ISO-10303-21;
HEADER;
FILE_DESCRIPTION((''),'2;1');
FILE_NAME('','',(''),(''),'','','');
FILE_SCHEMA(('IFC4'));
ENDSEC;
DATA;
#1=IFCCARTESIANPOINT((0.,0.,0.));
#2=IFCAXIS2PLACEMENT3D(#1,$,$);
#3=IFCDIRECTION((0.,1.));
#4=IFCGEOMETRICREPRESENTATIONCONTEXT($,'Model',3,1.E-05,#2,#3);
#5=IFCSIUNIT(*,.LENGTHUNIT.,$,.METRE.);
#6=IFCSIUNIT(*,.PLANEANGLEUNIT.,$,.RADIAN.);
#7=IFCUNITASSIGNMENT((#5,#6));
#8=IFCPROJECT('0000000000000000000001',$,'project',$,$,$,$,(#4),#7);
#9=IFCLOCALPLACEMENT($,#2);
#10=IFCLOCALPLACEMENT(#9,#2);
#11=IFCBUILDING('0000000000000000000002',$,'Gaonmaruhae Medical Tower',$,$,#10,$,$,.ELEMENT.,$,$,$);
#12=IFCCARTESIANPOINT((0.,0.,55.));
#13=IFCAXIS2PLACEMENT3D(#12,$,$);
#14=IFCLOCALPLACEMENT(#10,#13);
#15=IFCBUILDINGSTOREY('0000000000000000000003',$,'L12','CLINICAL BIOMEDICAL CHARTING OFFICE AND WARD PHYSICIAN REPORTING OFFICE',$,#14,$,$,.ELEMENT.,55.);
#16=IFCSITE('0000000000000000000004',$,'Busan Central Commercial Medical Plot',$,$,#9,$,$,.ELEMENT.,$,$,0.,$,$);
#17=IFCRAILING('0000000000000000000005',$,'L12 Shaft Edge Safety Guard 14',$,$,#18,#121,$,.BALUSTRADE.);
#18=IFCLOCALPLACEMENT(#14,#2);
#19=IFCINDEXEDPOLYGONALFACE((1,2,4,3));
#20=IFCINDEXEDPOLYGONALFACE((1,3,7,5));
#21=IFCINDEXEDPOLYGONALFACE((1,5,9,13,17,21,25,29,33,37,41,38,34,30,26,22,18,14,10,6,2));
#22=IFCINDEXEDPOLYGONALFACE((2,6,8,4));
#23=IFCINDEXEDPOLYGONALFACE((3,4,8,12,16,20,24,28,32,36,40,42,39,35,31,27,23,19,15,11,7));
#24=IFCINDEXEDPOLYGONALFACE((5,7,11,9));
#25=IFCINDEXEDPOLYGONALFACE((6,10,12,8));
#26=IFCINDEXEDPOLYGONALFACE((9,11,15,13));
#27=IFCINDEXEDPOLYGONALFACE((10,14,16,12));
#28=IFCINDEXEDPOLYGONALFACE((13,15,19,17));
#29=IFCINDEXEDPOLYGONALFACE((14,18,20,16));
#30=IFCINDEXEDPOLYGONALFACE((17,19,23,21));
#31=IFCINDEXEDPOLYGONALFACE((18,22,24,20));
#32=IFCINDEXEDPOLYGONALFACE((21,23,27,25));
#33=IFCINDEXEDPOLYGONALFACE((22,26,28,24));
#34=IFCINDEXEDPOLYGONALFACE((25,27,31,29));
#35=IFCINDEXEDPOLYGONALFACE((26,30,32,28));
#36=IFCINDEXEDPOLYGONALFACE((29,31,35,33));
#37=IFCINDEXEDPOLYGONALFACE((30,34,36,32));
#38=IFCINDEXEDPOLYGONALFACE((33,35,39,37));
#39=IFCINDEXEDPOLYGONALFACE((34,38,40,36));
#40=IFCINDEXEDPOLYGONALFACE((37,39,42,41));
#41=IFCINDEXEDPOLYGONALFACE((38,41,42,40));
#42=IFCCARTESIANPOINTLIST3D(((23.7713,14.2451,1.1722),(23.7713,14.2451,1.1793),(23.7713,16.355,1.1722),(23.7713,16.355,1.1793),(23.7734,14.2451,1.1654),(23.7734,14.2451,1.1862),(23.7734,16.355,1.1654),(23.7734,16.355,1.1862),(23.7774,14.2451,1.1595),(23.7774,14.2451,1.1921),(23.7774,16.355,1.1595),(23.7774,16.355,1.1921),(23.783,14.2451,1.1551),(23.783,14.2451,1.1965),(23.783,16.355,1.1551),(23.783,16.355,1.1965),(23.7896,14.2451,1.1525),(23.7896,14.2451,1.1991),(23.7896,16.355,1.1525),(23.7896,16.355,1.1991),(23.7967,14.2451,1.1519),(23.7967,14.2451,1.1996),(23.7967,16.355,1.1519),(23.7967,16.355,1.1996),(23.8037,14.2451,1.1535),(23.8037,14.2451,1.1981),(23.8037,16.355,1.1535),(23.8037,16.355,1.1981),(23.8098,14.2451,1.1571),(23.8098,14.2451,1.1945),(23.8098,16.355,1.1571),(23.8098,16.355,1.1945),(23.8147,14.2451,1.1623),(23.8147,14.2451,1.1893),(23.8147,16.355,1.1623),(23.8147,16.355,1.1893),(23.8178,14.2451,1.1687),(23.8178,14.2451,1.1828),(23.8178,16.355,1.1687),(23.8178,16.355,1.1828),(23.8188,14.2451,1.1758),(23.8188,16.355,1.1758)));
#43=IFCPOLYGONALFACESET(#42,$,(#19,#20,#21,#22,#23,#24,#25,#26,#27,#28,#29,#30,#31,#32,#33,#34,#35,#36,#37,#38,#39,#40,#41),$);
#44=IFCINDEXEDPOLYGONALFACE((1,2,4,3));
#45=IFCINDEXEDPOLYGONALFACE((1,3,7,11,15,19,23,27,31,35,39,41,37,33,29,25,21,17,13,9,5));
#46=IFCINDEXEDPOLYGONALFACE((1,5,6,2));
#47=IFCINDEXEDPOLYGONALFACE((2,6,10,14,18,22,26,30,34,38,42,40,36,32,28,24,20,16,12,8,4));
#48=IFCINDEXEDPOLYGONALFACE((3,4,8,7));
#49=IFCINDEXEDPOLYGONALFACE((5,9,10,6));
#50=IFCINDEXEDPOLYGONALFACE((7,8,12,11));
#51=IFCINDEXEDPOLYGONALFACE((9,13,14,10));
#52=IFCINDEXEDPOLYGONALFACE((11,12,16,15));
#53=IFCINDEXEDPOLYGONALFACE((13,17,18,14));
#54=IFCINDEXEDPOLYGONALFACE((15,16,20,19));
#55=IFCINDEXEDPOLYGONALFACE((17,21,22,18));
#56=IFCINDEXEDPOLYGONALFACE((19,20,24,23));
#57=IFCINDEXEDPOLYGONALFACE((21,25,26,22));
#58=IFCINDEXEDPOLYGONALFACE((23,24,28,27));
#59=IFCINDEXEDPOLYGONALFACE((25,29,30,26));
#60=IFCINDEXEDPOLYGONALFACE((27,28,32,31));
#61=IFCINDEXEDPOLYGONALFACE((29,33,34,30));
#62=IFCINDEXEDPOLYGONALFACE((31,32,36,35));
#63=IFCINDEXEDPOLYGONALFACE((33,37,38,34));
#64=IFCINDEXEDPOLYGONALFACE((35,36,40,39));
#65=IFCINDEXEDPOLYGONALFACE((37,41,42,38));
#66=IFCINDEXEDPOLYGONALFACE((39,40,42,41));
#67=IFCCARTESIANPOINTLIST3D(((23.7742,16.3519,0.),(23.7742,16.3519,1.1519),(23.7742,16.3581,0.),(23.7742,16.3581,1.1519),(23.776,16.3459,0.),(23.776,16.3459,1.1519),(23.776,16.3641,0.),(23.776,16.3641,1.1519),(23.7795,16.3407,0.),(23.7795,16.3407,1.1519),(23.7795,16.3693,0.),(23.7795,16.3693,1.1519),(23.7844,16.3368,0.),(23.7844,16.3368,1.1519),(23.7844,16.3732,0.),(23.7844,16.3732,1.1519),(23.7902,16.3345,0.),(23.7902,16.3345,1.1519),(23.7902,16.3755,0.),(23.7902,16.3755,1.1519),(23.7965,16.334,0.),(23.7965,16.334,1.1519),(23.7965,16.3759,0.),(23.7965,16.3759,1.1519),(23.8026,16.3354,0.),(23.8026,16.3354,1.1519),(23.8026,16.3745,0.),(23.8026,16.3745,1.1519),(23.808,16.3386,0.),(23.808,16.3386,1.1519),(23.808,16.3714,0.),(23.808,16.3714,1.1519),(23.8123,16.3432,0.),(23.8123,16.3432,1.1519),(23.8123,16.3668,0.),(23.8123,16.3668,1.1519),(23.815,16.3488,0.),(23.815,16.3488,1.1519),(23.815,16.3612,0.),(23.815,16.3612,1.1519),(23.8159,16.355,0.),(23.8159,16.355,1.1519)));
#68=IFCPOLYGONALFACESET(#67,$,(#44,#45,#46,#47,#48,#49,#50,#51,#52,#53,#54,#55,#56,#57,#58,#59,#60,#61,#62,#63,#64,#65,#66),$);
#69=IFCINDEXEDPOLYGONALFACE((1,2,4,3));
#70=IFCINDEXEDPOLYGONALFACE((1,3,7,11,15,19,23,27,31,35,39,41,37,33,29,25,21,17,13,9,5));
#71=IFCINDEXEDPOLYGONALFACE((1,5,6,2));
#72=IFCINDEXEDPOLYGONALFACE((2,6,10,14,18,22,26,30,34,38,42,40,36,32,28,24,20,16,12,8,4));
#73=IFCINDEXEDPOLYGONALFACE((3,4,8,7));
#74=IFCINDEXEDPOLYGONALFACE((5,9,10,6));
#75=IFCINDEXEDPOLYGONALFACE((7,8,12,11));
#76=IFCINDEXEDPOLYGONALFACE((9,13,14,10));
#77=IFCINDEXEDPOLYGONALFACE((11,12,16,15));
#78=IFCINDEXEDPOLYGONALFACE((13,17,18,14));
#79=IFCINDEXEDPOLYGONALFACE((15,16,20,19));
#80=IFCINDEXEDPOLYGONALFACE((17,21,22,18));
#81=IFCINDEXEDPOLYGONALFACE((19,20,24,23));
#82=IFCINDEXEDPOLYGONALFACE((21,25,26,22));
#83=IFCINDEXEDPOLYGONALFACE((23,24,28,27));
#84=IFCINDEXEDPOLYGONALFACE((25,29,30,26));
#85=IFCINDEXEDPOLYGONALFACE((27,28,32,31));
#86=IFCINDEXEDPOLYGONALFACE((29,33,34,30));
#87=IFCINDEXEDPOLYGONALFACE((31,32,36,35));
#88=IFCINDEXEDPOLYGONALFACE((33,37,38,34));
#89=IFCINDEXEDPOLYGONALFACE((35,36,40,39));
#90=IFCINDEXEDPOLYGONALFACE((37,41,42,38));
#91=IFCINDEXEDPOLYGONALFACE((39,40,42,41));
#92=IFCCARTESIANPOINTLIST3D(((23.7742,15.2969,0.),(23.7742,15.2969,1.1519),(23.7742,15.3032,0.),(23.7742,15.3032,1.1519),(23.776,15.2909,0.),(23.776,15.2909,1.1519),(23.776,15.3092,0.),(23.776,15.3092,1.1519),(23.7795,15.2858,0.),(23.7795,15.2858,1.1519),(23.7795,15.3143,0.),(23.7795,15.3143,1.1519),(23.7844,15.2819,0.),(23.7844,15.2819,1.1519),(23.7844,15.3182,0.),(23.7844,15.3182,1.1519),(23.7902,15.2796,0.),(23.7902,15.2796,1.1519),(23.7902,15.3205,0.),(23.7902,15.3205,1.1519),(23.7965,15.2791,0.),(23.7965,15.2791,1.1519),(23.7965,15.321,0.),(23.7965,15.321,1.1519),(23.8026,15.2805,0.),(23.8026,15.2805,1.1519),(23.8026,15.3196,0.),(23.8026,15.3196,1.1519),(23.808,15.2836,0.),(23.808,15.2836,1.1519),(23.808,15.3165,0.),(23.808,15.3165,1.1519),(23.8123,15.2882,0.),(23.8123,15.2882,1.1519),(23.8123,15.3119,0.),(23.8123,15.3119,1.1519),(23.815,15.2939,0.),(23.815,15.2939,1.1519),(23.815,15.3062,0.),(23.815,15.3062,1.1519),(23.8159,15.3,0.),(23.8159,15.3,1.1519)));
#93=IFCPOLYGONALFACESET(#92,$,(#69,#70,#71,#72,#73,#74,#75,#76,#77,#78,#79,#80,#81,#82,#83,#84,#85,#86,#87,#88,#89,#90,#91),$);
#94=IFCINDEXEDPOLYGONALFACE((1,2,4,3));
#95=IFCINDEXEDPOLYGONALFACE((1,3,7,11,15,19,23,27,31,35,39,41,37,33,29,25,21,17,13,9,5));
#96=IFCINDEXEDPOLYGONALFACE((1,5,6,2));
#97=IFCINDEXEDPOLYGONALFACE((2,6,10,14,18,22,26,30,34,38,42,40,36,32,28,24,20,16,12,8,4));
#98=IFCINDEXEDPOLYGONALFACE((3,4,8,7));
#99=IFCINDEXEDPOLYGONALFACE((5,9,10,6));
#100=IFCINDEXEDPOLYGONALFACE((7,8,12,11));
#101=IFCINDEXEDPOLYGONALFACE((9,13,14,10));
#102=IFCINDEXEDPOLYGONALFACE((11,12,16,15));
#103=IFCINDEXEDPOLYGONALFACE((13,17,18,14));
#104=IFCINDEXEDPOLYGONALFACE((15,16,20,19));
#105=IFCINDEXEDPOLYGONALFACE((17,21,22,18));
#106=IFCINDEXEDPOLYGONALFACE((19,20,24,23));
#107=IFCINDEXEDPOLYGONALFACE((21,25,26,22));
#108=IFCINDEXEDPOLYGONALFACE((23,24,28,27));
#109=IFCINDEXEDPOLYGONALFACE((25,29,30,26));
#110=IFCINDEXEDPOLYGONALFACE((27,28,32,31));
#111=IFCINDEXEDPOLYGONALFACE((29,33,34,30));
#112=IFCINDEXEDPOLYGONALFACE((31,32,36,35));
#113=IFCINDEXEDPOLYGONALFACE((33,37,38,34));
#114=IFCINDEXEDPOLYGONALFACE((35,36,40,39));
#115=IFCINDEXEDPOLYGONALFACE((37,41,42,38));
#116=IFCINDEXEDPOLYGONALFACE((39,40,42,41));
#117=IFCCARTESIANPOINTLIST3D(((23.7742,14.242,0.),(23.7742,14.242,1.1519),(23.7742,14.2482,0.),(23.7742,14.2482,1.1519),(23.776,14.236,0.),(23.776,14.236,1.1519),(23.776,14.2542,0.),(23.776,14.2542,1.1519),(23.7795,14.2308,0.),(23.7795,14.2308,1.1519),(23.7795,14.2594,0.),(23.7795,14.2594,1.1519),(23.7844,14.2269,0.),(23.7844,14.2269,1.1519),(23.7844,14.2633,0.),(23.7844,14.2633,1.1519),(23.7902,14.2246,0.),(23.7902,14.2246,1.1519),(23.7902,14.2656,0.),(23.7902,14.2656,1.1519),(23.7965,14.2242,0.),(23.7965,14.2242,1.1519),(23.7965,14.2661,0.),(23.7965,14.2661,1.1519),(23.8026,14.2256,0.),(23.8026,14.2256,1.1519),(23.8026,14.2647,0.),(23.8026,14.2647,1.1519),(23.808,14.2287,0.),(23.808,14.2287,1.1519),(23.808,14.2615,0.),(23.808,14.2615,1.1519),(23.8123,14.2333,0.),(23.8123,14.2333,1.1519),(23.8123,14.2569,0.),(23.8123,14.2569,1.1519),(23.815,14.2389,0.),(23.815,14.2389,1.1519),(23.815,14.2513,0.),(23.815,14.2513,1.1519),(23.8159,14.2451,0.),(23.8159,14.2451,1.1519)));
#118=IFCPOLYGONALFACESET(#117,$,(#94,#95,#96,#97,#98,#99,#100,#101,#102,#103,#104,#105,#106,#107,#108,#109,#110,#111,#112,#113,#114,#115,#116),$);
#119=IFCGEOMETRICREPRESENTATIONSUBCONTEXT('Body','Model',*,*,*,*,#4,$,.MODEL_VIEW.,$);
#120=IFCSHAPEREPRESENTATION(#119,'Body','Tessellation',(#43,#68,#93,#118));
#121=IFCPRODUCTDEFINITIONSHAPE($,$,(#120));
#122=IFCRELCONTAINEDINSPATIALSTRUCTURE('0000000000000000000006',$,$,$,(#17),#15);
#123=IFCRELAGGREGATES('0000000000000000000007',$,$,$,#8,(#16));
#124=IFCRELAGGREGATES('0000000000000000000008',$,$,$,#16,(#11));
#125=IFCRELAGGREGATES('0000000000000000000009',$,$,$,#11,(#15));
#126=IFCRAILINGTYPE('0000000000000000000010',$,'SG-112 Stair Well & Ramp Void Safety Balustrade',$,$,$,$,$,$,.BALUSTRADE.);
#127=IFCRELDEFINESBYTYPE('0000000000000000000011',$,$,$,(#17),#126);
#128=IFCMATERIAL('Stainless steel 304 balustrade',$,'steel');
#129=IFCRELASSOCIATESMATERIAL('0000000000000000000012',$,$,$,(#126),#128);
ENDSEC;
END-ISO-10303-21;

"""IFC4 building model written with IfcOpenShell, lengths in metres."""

from ifc_helpers import new_model, si_unit, direction, frame, origin, origin_2d, place, context, subcontext, project, spatial, circle, extrude, material, type_object, element, save


model = new_model("IFC4")

# Units and contexts
model_context = context("Model", 3, precision=1e-05, world=origin(), true_north=direction((0.0, 1.0)))
body_context = subcontext(model_context, "Body", "Model", "MODEL_VIEW")
ifc_project = project(units=[si_unit("LENGTHUNIT", "METRE"), si_unit("PLANEANGLEUNIT", "RADIAN")], contexts=[model_context])

# Site, building, storey
site_placement = place(None, origin())
site = spatial("IfcSite", under=ifc_project, at=site_placement, Name="Busan Central Commercial Medical Plot", CompositionType="ELEMENT", RefElevation=0.0)
building_placement = place(site_placement, origin())
building = spatial("IfcBuilding", under=site, at=building_placement, Name="Gaonmaruhae Medical Tower", CompositionType="ELEMENT")
storey_placement = place(building_placement, frame((0.0, 0.0, 55.0)))
storey = spatial("IfcBuildingStorey", under=building, at=storey_placement, Name="L12", Description="CLINICAL BIOMEDICAL CHARTING OFFICE AND WARD PHYSICIAN REPORTING OFFICE", CompositionType="ELEMENT", Elevation=55.0)

# Railing
ifc_material_1 = material(Name="Stainless steel 304 balustrade", Category="steel")
railing_type = type_object("IfcRailingType", Name="SG-112 Stair Well & Ramp Void Safety Balustrade", PredefinedType="BALUSTRADE", material=ifc_material_1)
railing_placement = place(storey_placement, frame((23.7949, 16.355, 0.0)))
element("IfcRailing", 1, at=railing_placement, inside=storey, type_object=railing_type, Name="L12 Shaft Edge Safety Guard 14", PredefinedType="BALUSTRADE", context=body_context, shape_type="SweptSolid", body=[
    extrude(circle(Radius=0.0239, at=origin_2d()), frame((0.0, 0.0, 1.1758), z_axis=(0.0, -1.0, 0.0), x_axis=(1.0, 0.0, 0.0)), (0.0, 0.0, 1.0), 2.1099),
    extrude(circle(Radius=0.021, at=origin_2d()), origin(), (0.0, 0.0, 1.0), 1.1519),
    extrude(circle(Radius=0.021, at=origin_2d()), frame((0.0, -1.0549, 0.0)), (0.0, 0.0, 1.0), 1.1519),
    extrude(circle(Radius=0.021, at=origin_2d()), frame((0.0, -2.1099, 0.0)), (0.0, 0.0, 1.0), 1.1519),
])

save(model, "model.ifc")
